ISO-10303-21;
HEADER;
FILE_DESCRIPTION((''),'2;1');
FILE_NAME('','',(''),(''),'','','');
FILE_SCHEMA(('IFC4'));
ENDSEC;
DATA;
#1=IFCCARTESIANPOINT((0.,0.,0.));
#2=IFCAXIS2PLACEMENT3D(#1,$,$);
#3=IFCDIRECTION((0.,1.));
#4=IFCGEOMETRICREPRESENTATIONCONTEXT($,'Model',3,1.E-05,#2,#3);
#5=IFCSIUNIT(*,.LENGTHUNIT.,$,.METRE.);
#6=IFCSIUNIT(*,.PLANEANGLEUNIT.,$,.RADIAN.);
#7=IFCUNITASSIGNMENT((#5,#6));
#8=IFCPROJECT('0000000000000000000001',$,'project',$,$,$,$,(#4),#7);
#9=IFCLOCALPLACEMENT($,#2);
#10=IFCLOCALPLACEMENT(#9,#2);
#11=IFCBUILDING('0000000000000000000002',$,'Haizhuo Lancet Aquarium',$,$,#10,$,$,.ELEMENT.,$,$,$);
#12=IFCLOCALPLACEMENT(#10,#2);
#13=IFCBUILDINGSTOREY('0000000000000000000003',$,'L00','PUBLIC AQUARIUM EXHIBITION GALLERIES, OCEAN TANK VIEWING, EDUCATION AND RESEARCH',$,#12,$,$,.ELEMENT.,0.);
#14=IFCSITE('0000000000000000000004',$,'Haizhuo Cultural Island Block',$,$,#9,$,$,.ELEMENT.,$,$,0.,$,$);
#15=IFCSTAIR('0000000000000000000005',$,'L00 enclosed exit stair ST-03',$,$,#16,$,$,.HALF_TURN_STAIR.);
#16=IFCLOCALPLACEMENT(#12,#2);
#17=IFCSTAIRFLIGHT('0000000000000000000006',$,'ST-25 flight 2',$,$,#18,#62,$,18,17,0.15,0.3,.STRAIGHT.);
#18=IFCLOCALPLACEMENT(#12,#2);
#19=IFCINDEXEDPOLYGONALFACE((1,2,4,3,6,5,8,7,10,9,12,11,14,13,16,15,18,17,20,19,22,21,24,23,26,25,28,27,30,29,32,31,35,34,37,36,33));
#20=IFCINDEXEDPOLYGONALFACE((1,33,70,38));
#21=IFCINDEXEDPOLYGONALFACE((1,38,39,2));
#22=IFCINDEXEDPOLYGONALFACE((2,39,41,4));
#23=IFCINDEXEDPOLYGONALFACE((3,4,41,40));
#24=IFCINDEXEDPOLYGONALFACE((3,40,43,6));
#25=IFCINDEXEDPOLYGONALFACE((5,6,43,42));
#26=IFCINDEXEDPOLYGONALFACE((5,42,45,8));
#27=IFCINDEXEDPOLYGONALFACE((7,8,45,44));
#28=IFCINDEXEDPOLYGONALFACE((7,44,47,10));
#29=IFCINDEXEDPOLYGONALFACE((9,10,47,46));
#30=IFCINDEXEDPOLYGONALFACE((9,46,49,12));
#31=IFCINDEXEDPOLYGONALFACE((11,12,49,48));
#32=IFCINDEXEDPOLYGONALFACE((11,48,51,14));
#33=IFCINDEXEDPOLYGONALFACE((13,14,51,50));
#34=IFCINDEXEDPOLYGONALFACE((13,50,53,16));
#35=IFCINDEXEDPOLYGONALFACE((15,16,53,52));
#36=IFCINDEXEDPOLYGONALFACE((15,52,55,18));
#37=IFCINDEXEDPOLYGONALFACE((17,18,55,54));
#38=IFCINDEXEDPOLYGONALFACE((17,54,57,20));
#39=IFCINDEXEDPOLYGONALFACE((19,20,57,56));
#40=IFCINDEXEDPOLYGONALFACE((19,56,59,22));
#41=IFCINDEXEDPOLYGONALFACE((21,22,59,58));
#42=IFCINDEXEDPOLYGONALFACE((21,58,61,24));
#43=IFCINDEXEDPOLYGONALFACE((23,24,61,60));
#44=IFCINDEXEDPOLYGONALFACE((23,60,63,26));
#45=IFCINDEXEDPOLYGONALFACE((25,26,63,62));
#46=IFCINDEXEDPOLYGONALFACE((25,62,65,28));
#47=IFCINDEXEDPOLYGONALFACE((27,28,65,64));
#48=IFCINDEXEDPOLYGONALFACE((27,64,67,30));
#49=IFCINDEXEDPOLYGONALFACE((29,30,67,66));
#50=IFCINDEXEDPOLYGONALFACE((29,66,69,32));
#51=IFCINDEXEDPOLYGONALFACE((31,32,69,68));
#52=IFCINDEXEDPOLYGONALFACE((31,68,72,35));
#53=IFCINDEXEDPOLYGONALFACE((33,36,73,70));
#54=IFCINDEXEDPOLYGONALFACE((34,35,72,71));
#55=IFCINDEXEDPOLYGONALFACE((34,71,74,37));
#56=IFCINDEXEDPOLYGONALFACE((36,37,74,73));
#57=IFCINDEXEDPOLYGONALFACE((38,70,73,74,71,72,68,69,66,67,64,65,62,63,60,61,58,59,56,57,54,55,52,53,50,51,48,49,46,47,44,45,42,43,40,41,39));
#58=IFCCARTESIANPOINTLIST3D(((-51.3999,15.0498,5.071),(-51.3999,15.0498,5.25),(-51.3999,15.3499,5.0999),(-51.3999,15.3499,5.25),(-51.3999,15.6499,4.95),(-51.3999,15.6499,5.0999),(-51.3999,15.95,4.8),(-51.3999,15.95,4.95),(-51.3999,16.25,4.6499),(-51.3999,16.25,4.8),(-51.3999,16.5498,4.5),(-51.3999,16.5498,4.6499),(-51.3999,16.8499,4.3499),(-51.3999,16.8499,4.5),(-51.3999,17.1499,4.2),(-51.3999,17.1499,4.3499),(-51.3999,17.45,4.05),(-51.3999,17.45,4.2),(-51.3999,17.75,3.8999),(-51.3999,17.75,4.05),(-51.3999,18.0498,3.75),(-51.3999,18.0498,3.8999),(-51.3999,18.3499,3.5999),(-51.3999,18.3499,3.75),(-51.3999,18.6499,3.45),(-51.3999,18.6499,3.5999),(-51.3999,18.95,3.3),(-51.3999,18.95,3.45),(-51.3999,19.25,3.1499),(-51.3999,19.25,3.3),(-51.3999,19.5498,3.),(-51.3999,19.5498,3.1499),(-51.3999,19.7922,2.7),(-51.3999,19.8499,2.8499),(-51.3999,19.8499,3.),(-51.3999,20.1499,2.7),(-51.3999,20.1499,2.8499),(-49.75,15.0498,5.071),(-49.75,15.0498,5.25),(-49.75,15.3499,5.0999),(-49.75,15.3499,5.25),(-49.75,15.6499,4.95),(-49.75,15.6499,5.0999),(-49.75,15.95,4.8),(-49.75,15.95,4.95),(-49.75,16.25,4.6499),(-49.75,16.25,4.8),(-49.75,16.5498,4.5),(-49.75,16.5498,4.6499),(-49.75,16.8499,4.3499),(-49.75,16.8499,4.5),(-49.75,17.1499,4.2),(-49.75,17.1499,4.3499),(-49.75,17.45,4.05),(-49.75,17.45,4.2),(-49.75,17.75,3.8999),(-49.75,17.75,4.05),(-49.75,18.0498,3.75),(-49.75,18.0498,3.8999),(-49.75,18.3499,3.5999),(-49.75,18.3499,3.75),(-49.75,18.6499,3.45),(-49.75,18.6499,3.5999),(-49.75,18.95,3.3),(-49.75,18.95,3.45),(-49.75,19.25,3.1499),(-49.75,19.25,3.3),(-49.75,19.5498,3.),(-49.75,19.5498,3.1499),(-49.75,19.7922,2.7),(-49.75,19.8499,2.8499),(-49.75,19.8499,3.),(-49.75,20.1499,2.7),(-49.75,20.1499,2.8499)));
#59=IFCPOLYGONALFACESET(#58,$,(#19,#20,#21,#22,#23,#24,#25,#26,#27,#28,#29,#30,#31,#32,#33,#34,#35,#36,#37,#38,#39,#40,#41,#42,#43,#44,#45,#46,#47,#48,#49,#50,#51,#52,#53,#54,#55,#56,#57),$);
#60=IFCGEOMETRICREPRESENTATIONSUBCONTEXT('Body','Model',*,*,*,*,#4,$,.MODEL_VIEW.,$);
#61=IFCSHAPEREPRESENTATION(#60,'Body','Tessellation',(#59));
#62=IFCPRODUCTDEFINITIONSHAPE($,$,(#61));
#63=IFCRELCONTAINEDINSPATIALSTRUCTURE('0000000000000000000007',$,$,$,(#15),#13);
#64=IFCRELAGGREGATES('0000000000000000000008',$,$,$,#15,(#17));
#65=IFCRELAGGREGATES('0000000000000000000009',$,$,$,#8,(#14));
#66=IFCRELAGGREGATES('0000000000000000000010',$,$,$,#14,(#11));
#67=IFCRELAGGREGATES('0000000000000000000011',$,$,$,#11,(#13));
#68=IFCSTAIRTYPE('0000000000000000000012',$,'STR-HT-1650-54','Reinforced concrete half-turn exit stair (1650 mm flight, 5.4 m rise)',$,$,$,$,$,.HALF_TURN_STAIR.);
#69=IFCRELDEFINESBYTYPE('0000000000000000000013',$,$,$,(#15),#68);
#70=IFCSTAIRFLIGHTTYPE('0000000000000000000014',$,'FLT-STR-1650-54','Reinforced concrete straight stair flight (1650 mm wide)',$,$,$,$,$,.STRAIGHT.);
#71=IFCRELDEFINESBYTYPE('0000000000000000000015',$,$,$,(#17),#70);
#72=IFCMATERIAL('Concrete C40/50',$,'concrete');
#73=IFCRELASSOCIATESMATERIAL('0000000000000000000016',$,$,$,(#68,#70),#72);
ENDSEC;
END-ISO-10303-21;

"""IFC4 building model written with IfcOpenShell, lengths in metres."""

from ifc_helpers import new_model, si_unit, direction, frame, origin, place, context, subcontext, project, spatial, polyline, outline, extrude, material, type_object, element, aggregate, save


model = new_model("IFC4")

# Units and contexts
model_context = context("Model", 3, precision=1e-05, world=origin(), true_north=direction((0.0, 1.0)))
body_context = subcontext(model_context, "Body", "Model", "MODEL_VIEW")
ifc_project = project(units=[si_unit("LENGTHUNIT", "METRE"), si_unit("PLANEANGLEUNIT", "RADIAN")], contexts=[model_context])

# Site, building, storey
site_placement = place(None, origin())
site = spatial("IfcSite", under=ifc_project, at=site_placement, Name="Haizhuo Cultural Island Block", CompositionType="ELEMENT", RefElevation=0.0)
building_placement = place(site_placement, origin())
building = spatial("IfcBuilding", under=site, at=building_placement, Name="Haizhuo Lancet Aquarium", CompositionType="ELEMENT")
storey_placement = place(building_placement, origin())
storey = spatial("IfcBuildingStorey", under=building, at=storey_placement, Name="L00", Description="PUBLIC AQUARIUM EXHIBITION GALLERIES, OCEAN TANK VIEWING, EDUCATION AND RESEARCH", CompositionType="ELEMENT", Elevation=0.0)

# Shared definitions
ifc_material_1 = material(Name="Concrete C40/50", Category="concrete")

# Stair, stair flight
stair_type = type_object("IfcStairType", Name="STR-HT-1650-54", Description="Reinforced concrete half-turn exit stair (1650 mm flight, 5.4 m rise)", PredefinedType="HALF_TURN_STAIR", material=ifc_material_1)
stair_placement = place(storey_placement, origin())
stair = element("IfcStair", 1, at=stair_placement, inside=storey, type_object=stair_type, Name="L00 enclosed exit stair ST-03", PredefinedType="HALF_TURN_STAIR")
stair_flight_type = type_object("IfcStairFlightType", Name="FLT-STR-1650-54", Description="Reinforced concrete straight stair flight (1650 mm wide)", PredefinedType="STRAIGHT", material=ifc_material_1)
stair_flight_1_placement = place(storey_placement, frame((-50.575, 20.1499, 2.7), z_axis=(0.0, 0.0, 1.0), x_axis=(0.0, -1.0, 0.0)))
stair_flight_1 = element("IfcStairFlight", 2, at=stair_flight_1_placement, type_object=stair_flight_type, Name="ST-25 flight 2", NumberOfRisers=18, NumberOfTreads=17, PredefinedType="STRAIGHT", RiserHeight=0.15, TreadLength=0.3, context=body_context, shape_type="SweptSolid", body=[
    extrude(outline(polyline([(0.0, 0.0), (0.0, 0.1499), (0.3, 0.1499), (0.3, 0.3), (0.6001, 0.3), (0.6001, 0.45), (0.8999, 0.45), (0.8999, 0.6001), (1.2, 0.6001), (1.2, 0.75), (1.5, 0.75), (1.5, 0.8999), (1.8, 0.8999), (1.8, 1.05), (2.1001, 1.05), (2.1001, 1.2), (2.3999, 1.2), (2.3999, 1.3501), (2.7, 1.3501), (2.7, 1.5), (3.0, 1.5), (3.0, 1.6499), (3.3, 1.6499), (3.3, 1.8), (3.6001, 1.8), (3.6001, 1.95), (3.8999, 1.95), (3.8999, 2.1001), (4.2, 2.1001), (4.2, 2.25), (4.5, 2.25), (4.5, 2.3999), (4.8, 2.3999), (4.8, 2.55), (5.1001, 2.55), (5.1001, 2.7), (5.1001, 2.3711), (0.3577, 0.0), (0.0, 0.0)])), frame((0.0, 0.825, 0.0), z_axis=(0.0, -1.0, 0.0), x_axis=(1.0, 0.0, 0.0)), (0.0, 0.0, 1.0), 1.6499),
])
aggregate(stair, [stair_flight_1])

save(model, "model.ifc")
